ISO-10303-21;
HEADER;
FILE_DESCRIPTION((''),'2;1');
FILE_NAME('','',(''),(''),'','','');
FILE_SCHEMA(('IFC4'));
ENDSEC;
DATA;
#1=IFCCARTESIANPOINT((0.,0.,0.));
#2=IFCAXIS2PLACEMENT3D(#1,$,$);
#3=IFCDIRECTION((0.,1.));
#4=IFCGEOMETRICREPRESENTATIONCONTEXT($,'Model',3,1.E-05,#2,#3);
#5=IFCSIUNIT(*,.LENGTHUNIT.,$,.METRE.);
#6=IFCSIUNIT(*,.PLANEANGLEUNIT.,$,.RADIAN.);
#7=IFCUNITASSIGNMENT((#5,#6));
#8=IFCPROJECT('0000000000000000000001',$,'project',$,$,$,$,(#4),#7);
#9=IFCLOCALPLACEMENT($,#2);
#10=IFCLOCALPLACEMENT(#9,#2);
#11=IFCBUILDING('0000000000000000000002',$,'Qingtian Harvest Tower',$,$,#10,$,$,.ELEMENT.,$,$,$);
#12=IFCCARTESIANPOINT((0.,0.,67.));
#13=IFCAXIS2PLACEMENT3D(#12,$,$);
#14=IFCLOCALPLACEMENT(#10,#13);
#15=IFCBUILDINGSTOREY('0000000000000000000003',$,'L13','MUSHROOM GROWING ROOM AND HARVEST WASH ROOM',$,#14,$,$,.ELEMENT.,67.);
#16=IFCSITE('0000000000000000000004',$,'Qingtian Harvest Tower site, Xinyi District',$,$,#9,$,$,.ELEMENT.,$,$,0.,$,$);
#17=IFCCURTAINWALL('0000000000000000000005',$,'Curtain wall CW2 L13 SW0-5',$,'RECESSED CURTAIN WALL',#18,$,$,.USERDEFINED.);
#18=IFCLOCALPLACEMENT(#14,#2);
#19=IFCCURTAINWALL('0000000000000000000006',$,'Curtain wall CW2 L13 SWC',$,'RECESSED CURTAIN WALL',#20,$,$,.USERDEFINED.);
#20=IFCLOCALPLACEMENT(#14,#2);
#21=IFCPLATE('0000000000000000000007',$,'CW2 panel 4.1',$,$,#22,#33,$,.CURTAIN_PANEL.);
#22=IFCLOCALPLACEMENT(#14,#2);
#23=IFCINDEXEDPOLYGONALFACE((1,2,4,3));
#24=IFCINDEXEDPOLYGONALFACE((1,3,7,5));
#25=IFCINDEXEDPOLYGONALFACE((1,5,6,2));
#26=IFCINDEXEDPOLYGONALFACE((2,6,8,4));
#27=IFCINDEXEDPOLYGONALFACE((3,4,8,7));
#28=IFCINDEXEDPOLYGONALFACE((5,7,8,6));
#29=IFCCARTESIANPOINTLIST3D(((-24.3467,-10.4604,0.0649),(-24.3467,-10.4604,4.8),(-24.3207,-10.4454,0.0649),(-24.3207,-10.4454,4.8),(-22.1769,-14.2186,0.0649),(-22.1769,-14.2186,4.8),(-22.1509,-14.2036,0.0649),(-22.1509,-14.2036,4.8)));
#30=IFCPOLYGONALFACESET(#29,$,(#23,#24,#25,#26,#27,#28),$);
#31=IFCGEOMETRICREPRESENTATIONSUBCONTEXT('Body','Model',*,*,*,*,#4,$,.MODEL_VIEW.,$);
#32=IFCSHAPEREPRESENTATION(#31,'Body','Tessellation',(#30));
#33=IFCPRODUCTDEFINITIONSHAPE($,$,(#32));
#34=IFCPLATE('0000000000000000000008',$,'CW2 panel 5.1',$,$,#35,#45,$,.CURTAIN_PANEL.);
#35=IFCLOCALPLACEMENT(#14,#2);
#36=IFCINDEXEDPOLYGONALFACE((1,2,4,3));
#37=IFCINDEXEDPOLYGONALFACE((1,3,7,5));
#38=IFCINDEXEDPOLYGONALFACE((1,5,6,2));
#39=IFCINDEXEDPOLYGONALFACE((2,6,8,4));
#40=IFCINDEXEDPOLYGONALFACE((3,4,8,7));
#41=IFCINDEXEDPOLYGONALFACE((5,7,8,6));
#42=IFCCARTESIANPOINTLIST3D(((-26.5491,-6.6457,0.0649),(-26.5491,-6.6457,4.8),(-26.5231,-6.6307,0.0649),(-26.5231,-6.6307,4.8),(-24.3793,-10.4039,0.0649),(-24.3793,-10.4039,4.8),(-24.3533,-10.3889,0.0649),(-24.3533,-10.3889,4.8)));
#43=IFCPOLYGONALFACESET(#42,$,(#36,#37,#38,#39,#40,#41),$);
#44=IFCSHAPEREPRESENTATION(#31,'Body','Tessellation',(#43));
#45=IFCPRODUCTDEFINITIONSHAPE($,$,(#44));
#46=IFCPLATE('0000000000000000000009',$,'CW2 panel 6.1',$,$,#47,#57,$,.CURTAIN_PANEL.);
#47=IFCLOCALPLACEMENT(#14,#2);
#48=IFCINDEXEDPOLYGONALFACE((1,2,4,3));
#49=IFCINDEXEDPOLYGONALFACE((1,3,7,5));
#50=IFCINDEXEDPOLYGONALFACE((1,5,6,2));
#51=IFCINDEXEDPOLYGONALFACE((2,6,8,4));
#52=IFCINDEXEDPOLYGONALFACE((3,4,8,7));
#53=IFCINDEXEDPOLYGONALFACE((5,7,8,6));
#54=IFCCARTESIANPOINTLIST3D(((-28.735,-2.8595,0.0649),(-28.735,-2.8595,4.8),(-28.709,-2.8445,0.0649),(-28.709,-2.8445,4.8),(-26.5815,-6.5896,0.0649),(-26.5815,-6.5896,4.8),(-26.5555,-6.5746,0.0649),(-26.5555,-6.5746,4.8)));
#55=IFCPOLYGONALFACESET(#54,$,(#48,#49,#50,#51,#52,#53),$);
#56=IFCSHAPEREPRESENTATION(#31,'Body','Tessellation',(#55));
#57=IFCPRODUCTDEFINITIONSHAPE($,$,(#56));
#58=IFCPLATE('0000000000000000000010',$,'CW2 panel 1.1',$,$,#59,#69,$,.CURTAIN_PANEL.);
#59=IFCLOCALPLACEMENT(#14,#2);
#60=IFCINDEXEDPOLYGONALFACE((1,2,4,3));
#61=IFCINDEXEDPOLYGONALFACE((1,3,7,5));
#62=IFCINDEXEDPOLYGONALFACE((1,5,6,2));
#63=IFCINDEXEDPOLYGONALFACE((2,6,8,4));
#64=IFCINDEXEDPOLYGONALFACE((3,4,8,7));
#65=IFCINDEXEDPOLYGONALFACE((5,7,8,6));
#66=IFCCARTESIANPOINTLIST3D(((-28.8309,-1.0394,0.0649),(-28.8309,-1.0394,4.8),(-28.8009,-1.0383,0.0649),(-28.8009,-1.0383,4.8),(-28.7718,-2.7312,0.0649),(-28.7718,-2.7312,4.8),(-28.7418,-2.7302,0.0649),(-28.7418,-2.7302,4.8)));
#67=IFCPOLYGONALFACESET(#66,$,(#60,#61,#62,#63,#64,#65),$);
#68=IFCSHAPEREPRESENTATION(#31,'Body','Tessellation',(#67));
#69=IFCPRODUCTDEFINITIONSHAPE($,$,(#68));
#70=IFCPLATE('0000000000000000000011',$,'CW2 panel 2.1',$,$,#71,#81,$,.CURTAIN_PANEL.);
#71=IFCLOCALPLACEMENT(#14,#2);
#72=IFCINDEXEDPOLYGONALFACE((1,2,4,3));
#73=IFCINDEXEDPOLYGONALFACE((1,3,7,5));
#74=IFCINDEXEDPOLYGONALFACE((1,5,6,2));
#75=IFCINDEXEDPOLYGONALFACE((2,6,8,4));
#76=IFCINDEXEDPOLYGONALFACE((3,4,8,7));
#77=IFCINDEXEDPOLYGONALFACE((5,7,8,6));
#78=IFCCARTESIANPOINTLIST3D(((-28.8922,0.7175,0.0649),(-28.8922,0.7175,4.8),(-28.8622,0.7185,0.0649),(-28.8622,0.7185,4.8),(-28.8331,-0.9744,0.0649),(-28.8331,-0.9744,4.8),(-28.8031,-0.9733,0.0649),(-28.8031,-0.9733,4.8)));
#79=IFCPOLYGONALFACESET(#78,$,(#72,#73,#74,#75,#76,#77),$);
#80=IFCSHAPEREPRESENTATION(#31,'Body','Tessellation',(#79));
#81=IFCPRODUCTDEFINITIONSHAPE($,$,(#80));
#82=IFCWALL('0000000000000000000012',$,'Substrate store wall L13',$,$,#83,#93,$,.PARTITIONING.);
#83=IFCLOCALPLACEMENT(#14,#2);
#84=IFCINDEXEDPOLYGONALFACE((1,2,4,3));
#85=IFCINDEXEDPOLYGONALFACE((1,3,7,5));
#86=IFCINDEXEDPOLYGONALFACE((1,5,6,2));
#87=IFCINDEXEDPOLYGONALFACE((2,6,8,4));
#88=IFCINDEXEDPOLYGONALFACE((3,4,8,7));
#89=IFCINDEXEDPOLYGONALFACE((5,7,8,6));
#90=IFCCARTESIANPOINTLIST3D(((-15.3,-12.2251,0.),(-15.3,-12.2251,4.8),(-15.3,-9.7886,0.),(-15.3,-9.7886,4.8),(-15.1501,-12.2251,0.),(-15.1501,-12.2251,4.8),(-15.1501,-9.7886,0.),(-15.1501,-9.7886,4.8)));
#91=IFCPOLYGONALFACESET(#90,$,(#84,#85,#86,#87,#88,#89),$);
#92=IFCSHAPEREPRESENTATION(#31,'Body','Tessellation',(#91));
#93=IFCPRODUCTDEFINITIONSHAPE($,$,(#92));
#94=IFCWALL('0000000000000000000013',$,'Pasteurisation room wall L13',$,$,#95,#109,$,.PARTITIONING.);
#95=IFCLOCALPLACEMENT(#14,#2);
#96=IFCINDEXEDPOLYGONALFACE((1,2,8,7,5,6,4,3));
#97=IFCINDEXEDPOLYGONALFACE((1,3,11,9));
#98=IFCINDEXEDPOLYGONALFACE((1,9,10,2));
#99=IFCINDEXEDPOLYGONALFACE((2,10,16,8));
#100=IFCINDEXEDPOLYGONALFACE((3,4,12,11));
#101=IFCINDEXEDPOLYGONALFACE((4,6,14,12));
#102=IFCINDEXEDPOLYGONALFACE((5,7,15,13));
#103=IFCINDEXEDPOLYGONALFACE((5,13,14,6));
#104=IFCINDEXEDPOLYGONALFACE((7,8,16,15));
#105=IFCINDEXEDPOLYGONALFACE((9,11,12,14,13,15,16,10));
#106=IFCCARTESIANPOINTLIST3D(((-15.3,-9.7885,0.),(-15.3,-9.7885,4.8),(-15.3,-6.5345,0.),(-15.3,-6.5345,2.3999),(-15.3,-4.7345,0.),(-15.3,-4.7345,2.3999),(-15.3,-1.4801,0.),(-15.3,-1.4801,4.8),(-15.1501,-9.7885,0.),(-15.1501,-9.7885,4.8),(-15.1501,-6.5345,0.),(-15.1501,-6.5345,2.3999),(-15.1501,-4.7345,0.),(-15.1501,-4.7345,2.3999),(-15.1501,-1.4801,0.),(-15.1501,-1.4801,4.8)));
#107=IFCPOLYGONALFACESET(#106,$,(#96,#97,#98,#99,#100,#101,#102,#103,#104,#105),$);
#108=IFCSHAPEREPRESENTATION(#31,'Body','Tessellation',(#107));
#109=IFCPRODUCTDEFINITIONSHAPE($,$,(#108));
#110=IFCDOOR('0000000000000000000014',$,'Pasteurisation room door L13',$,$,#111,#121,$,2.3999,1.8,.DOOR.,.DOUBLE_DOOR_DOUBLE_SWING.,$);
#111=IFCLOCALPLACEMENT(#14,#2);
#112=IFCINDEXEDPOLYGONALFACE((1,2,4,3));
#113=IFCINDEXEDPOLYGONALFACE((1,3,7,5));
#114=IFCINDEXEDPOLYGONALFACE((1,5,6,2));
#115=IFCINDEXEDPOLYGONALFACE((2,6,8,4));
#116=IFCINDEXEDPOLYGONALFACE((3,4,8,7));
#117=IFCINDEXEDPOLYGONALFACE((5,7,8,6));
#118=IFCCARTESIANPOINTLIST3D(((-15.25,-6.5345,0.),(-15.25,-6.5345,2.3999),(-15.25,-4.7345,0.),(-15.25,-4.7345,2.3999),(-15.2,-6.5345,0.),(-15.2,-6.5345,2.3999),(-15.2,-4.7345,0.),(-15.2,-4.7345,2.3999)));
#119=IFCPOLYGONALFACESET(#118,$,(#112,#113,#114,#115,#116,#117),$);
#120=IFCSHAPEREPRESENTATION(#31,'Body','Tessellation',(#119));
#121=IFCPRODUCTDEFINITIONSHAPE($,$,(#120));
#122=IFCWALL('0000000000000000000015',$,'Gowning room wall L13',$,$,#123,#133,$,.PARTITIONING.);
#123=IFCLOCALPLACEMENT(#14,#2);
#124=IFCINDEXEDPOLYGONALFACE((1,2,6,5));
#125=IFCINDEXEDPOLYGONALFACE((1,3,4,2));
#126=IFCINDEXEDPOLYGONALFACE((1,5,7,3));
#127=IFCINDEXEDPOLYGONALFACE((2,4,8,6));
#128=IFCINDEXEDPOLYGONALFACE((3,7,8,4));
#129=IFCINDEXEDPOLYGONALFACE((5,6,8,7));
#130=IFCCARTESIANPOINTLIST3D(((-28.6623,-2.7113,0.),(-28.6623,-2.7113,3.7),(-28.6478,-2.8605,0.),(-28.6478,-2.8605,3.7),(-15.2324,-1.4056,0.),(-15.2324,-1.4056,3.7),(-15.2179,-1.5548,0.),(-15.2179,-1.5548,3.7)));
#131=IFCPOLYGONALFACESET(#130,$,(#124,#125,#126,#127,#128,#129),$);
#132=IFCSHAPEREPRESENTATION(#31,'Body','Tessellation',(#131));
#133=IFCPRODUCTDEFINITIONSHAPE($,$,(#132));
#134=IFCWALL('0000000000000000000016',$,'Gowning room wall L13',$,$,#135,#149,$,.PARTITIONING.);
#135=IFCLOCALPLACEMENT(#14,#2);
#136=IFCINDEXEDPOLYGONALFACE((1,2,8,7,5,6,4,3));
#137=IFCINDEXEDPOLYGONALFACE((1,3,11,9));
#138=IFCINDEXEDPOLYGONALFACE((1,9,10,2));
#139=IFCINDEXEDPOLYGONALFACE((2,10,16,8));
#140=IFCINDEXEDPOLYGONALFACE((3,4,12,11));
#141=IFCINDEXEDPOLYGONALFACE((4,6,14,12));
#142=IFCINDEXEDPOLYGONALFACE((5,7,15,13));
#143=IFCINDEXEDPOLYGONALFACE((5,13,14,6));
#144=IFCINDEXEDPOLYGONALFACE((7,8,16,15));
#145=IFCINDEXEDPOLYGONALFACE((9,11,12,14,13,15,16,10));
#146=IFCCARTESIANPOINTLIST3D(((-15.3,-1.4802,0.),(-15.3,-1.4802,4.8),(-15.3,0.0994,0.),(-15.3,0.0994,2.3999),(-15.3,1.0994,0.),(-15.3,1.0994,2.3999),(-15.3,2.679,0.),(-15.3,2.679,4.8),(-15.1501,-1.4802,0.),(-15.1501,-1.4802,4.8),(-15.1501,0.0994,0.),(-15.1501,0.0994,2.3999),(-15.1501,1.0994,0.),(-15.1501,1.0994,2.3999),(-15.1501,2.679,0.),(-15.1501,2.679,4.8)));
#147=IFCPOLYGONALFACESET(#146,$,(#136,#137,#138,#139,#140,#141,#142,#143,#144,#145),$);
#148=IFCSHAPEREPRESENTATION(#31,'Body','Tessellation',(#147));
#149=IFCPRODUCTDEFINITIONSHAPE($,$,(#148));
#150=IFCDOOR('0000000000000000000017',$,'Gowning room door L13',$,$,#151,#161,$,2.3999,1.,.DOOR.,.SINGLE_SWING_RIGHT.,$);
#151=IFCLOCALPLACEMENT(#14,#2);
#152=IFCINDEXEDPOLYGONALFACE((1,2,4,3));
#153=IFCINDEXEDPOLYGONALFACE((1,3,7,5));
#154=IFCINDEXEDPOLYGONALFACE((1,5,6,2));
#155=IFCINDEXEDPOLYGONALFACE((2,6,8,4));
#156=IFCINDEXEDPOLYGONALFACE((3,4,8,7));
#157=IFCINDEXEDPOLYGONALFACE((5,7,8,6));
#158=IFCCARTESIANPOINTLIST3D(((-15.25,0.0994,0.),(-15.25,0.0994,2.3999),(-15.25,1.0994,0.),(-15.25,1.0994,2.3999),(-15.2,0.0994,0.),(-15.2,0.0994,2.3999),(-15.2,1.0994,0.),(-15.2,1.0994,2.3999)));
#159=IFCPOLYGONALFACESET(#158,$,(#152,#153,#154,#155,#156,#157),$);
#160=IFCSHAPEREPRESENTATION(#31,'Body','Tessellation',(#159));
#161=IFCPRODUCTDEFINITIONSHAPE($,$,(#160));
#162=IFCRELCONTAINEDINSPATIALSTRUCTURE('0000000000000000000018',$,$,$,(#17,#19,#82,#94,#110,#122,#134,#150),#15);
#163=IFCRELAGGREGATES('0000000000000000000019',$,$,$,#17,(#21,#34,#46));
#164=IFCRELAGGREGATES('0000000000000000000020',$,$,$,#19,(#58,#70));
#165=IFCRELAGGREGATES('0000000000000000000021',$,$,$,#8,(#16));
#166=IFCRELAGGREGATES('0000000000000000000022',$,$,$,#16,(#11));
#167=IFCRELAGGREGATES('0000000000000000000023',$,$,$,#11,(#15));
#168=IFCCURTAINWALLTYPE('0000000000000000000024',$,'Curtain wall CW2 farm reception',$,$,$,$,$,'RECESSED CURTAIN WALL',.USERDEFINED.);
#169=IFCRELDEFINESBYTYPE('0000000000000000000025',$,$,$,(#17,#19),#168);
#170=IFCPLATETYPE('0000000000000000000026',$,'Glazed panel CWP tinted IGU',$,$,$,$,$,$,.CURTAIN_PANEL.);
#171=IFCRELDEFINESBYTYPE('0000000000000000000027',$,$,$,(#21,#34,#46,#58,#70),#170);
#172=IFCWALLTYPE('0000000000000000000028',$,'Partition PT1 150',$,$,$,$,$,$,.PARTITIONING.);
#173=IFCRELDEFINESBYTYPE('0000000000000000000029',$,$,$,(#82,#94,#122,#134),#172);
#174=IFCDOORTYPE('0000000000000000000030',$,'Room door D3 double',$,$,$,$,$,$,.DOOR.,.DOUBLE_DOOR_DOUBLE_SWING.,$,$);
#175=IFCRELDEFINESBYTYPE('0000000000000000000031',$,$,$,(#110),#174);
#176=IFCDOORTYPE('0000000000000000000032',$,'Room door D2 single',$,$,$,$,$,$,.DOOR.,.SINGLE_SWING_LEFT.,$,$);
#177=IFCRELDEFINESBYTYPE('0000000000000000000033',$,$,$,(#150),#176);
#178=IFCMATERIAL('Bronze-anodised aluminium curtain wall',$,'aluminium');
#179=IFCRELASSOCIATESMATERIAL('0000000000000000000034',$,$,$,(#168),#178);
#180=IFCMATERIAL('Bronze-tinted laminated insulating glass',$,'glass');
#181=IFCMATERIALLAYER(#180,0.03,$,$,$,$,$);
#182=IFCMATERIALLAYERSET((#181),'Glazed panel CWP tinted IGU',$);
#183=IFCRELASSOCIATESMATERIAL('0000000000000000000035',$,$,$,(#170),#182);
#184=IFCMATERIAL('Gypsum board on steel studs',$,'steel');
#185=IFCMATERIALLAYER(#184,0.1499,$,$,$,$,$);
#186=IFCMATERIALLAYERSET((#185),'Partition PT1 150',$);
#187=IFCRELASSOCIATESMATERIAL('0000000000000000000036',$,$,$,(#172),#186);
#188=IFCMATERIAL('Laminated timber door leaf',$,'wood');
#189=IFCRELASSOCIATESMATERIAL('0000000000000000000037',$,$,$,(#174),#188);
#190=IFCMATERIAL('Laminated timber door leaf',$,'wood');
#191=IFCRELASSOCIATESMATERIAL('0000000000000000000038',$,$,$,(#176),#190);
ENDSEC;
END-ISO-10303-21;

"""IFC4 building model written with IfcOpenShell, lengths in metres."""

from ifc_helpers import new_model, si_unit, direction, frame, frame_2d, origin, origin_2d, place, context, subcontext, project, spatial, rectangle, extrude, material, layer, layer_set, type_object, element, fill, aggregate, save


model = new_model("IFC4")

# Units and contexts
model_context = context("Model", 3, precision=1e-05, world=origin(), true_north=direction((0.0, 1.0)))
body_context = subcontext(model_context, "Body", "Model", "MODEL_VIEW")
ifc_project = project(units=[si_unit("LENGTHUNIT", "METRE"), si_unit("PLANEANGLEUNIT", "RADIAN")], contexts=[model_context])

# Site, building, storey
site_placement = place(None, origin())
site = spatial("IfcSite", under=ifc_project, at=site_placement, Name="Qingtian Harvest Tower site, Xinyi District", CompositionType="ELEMENT", RefElevation=0.0)
building_placement = place(site_placement, origin())
building = spatial("IfcBuilding", under=site, at=building_placement, Name="Qingtian Harvest Tower", CompositionType="ELEMENT")
storey_placement = place(building_placement, frame((0.0, 0.0, 67.0)))
storey = spatial("IfcBuildingStorey", under=building, at=storey_placement, Name="L13", Description="MUSHROOM GROWING ROOM AND HARVEST WASH ROOM", CompositionType="ELEMENT", Elevation=67.0)

# Curtain walls
ifc_material_1 = material(Name="Bronze-anodised aluminium curtain wall", Category="aluminium")
curtain_wall_type = type_object("IfcCurtainWallType", Name="Curtain wall CW2 farm reception", ElementType="RECESSED CURTAIN WALL", PredefinedType="USERDEFINED", material=ifc_material_1)
curtain_wall_1_placement = place(storey_placement, origin())
curtain_wall_1 = element("IfcCurtainWall", 1, at=curtain_wall_1_placement, inside=storey, type_object=curtain_wall_type, Name="Curtain wall CW2 L13 SW0-5", ObjectType="RECESSED CURTAIN WALL", PredefinedType="USERDEFINED")
curtain_wall_2_placement = place(storey_placement, origin())
curtain_wall_2 = element("IfcCurtainWall", 2, at=curtain_wall_2_placement, inside=storey, type_object=curtain_wall_type, Name="Curtain wall CW2 L13 SWC", ObjectType="RECESSED CURTAIN WALL", PredefinedType="USERDEFINED")

# Plates
ifc_material_2 = material(Name="Bronze-tinted laminated insulating glass", Category="glass")
ifc_layer_1 = layer(ifc_material_2, 0.03)
ifc_layer_set_1 = layer_set([ifc_layer_1], Name="Glazed panel CWP tinted IGU")
plate_type = type_object("IfcPlateType", Name="Glazed panel CWP tinted IGU", PredefinedType="CURTAIN_PANEL", material=ifc_layer_set_1)
plate_1_placement = place(storey_placement, frame((-23.2488, -12.332, 0.0649), z_axis=(0.0, 0.0, 1.0), x_axis=(-0.5, 0.866025, 0.0)))
plate_1 = element("IfcPlate", 3, at=plate_1_placement, type_object=plate_type, Name="CW2 panel 4.1", PredefinedType="CURTAIN_PANEL", context=body_context, shape_type="SweptSolid", body=[
    extrude(rectangle(XDim=4.3396, YDim=0.03, at=origin_2d()), origin(), (0.0, 0.0, 1.0), 4.7351),
])
plate_2_placement = place(storey_placement, frame((-25.4512, -8.5173, 0.0649), z_axis=(0.0, 0.0, 1.0), x_axis=(-0.5, 0.866025, 0.0)))
plate_2 = element("IfcPlate", 4, at=plate_2_placement, type_object=plate_type, Name="CW2 panel 5.1", PredefinedType="CURTAIN_PANEL", context=body_context, shape_type="SweptSolid", body=[
    extrude(rectangle(XDim=4.3396, YDim=0.03, at=origin_2d()), origin(), (0.0, 0.0, 1.0), 4.7351),
])
plate_3_placement = place(storey_placement, frame((-27.6453, -4.717, 0.0649), z_axis=(0.0, 0.0, 1.0), x_axis=(-0.5, 0.866025, 0.0)))
plate_3 = element("IfcPlate", 5, at=plate_3_placement, type_object=plate_type, Name="CW2 panel 6.1", PredefinedType="CURTAIN_PANEL", context=body_context, shape_type="SweptSolid", body=[
    extrude(rectangle(XDim=4.3071, YDim=0.03, at=origin_2d()), origin(), (0.0, 0.0, 1.0), 4.7351),
])
aggregate(curtain_wall_1, [plate_1, plate_2, plate_3])
plate_4_placement = place(storey_placement, frame((-28.7864, -1.8848, 0.0649), z_axis=(0.0, 0.0, 1.0), x_axis=(-0.034899, 0.999391, 0.0)))
plate_4 = element("IfcPlate", 6, at=plate_4_placement, type_object=plate_type, Name="CW2 panel 1.1", PredefinedType="CURTAIN_PANEL", context=body_context, shape_type="SweptSolid", body=[
    extrude(rectangle(XDim=1.6929, YDim=0.03, at=origin_2d()), origin(), (0.0, 0.0, 1.0), 4.7351),
])
plate_5_placement = place(storey_placement, frame((-28.8477, -0.1279, 0.0649), z_axis=(0.0, 0.0, 1.0), x_axis=(-0.034899, 0.999391, 0.0)))
plate_5 = element("IfcPlate", 7, at=plate_5_placement, type_object=plate_type, Name="CW2 panel 2.1", PredefinedType="CURTAIN_PANEL", context=body_context, shape_type="SweptSolid", body=[
    extrude(rectangle(XDim=1.6929, YDim=0.03, at=origin_2d()), origin(), (0.0, 0.0, 1.0), 4.7351),
])
aggregate(curtain_wall_2, [plate_4, plate_5])

# Wall
ifc_material_3 = material(Name="Gypsum board on steel studs", Category="steel")
ifc_layer_2 = layer(ifc_material_3, 0.1499)
ifc_layer_set_2 = layer_set([ifc_layer_2], Name="Partition PT1 150")
wall_type = type_object("IfcWallType", Name="Partition PT1 150", PredefinedType="PARTITIONING", material=ifc_layer_set_2)
wall_1_placement = place(storey_placement, frame((-15.2251, -12.2251, 0.0), z_axis=(0.0, 0.0, 1.0), x_axis=(0.0, 1.0, 0.0)))
element("IfcWall", 8, at=wall_1_placement, inside=storey, type_object=wall_type, Name="Substrate store wall L13", PredefinedType="PARTITIONING", context=body_context, shape_type="SweptSolid", body=[
    extrude(rectangle(XDim=2.4365, YDim=0.1499, at=frame_2d((1.2183, 0.0))), origin(), (0.0, 0.0, 1.0), 4.8),
])

# Wall, opening, door
wall_2_placement = place(storey_placement, frame((-15.2251, -9.7886, 0.0), z_axis=(0.0, 0.0, 1.0), x_axis=(0.0, 1.0, 0.0)))
wall_2 = element("IfcWall", 9, at=wall_2_placement, inside=storey, type_object=wall_type, Name="Pasteurisation room wall L13", PredefinedType="PARTITIONING", context=body_context, shape_type="SweptSolid", body=[
    extrude(rectangle(XDim=8.3083, YDim=0.1499, at=frame_2d((4.1543, 0.0))), origin(), (0.0, 0.0, 1.0), 4.8),
])
opening_1_placement = place(wall_2_placement, frame((3.2542, 0.0, 0.0)))
opening_1 = element("IfcOpeningElement", 10, at=opening_1_placement, cuts=wall_2, PredefinedType="OPENING", context=body_context, shape_type="SweptSolid", body=[
    extrude(rectangle(XDim=1.8, YDim=2.3999, at=frame_2d((0.8999, 1.2))), frame((0.0, 0.085, 0.0), z_axis=(0.0, -1.0, 0.0), x_axis=(1.0, 0.0, 0.0)), (0.0, 0.0, 1.0), 0.1699),
])
ifc_material_4 = material(Name="Laminated timber door leaf", Category="wood")
door_type_1 = type_object("IfcDoorType", Name="Room door D3 double", OperationType="DOUBLE_DOOR_DOUBLE_SWING", PredefinedType="DOOR", material=ifc_material_4)
door_1_placement = place(opening_1_placement, origin())
door_1 = element("IfcDoor", 11, at=door_1_placement, inside=storey, type_object=door_type_1, Name="Pasteurisation room door L13", OperationType="DOUBLE_DOOR_DOUBLE_SWING", OverallHeight=2.3999, OverallWidth=1.8, PredefinedType="DOOR", context=body_context, shape_type="SweptSolid", body=[
    extrude(rectangle(XDim=1.8, YDim=2.3999, at=frame_2d((0.8999, 1.2))), frame((0.0, 0.0249, 0.0), z_axis=(0.0, -1.0, 0.0), x_axis=(1.0, 0.0, 0.0)), (0.0, 0.0, 1.0), 0.05),
])
fill(opening_1, door_1)

# Wall
wall_3_placement = place(storey_placement, frame((-28.655, -2.7859, 0.0), z_axis=(0.0, 0.0, 1.0), x_axis=(0.995307, 0.096764, 0.0)))
element("IfcWall", 12, at=wall_3_placement, inside=storey, type_object=wall_type, Name="Gowning room wall L13", PredefinedType="PARTITIONING", context=body_context, shape_type="SweptSolid", body=[
    extrude(rectangle(XDim=13.4932, YDim=0.1499, at=frame_2d((6.7466, 0.0))), origin(), (0.0, 0.0, 1.0), 3.7),
])

# Wall, opening, door
wall_4_placement = place(storey_placement, frame((-15.2251, -1.4802, 0.0), z_axis=(0.0, 0.0, 1.0), x_axis=(0.0, 1.0, 0.0)))
wall_4 = element("IfcWall", 13, at=wall_4_placement, inside=storey, type_object=wall_type, Name="Gowning room wall L13", PredefinedType="PARTITIONING", context=body_context, shape_type="SweptSolid", body=[
    extrude(rectangle(XDim=4.1592, YDim=0.1499, at=frame_2d((2.0796, 0.0))), origin(), (0.0, 0.0, 1.0), 4.8),
])
opening_2_placement = place(wall_4_placement, frame((1.5796, 0.0, 0.0)))
opening_2 = element("IfcOpeningElement", 14, at=opening_2_placement, cuts=wall_4, PredefinedType="OPENING", context=body_context, shape_type="SweptSolid", body=[
    extrude(rectangle(XDim=1.0, YDim=2.3999, at=frame_2d((0.5, 1.2))), frame((0.0, 0.085, 0.0), z_axis=(0.0, -1.0, 0.0), x_axis=(1.0, 0.0, 0.0)), (0.0, 0.0, 1.0), 0.1699),
])
ifc_material_5 = material(Name="Laminated timber door leaf", Category="wood")
door_type_2 = type_object("IfcDoorType", Name="Room door D2 single", OperationType="SINGLE_SWING_LEFT", PredefinedType="DOOR", material=ifc_material_5)
door_2_placement = place(opening_2_placement, origin())
door_2 = element("IfcDoor", 15, at=door_2_placement, inside=storey, type_object=door_type_2, Name="Gowning room door L13", OperationType="SINGLE_SWING_RIGHT", OverallHeight=2.3999, OverallWidth=1.0, PredefinedType="DOOR", context=body_context, shape_type="SweptSolid", body=[
    extrude(rectangle(XDim=1.0, YDim=2.3999, at=frame_2d((0.5, 1.2))), frame((0.0, 0.0249, 0.0), z_axis=(0.0, -1.0, 0.0), x_axis=(1.0, 0.0, 0.0)), (0.0, 0.0, 1.0), 0.05),
])
fill(opening_2, door_2)

save(model, "model.ifc")
